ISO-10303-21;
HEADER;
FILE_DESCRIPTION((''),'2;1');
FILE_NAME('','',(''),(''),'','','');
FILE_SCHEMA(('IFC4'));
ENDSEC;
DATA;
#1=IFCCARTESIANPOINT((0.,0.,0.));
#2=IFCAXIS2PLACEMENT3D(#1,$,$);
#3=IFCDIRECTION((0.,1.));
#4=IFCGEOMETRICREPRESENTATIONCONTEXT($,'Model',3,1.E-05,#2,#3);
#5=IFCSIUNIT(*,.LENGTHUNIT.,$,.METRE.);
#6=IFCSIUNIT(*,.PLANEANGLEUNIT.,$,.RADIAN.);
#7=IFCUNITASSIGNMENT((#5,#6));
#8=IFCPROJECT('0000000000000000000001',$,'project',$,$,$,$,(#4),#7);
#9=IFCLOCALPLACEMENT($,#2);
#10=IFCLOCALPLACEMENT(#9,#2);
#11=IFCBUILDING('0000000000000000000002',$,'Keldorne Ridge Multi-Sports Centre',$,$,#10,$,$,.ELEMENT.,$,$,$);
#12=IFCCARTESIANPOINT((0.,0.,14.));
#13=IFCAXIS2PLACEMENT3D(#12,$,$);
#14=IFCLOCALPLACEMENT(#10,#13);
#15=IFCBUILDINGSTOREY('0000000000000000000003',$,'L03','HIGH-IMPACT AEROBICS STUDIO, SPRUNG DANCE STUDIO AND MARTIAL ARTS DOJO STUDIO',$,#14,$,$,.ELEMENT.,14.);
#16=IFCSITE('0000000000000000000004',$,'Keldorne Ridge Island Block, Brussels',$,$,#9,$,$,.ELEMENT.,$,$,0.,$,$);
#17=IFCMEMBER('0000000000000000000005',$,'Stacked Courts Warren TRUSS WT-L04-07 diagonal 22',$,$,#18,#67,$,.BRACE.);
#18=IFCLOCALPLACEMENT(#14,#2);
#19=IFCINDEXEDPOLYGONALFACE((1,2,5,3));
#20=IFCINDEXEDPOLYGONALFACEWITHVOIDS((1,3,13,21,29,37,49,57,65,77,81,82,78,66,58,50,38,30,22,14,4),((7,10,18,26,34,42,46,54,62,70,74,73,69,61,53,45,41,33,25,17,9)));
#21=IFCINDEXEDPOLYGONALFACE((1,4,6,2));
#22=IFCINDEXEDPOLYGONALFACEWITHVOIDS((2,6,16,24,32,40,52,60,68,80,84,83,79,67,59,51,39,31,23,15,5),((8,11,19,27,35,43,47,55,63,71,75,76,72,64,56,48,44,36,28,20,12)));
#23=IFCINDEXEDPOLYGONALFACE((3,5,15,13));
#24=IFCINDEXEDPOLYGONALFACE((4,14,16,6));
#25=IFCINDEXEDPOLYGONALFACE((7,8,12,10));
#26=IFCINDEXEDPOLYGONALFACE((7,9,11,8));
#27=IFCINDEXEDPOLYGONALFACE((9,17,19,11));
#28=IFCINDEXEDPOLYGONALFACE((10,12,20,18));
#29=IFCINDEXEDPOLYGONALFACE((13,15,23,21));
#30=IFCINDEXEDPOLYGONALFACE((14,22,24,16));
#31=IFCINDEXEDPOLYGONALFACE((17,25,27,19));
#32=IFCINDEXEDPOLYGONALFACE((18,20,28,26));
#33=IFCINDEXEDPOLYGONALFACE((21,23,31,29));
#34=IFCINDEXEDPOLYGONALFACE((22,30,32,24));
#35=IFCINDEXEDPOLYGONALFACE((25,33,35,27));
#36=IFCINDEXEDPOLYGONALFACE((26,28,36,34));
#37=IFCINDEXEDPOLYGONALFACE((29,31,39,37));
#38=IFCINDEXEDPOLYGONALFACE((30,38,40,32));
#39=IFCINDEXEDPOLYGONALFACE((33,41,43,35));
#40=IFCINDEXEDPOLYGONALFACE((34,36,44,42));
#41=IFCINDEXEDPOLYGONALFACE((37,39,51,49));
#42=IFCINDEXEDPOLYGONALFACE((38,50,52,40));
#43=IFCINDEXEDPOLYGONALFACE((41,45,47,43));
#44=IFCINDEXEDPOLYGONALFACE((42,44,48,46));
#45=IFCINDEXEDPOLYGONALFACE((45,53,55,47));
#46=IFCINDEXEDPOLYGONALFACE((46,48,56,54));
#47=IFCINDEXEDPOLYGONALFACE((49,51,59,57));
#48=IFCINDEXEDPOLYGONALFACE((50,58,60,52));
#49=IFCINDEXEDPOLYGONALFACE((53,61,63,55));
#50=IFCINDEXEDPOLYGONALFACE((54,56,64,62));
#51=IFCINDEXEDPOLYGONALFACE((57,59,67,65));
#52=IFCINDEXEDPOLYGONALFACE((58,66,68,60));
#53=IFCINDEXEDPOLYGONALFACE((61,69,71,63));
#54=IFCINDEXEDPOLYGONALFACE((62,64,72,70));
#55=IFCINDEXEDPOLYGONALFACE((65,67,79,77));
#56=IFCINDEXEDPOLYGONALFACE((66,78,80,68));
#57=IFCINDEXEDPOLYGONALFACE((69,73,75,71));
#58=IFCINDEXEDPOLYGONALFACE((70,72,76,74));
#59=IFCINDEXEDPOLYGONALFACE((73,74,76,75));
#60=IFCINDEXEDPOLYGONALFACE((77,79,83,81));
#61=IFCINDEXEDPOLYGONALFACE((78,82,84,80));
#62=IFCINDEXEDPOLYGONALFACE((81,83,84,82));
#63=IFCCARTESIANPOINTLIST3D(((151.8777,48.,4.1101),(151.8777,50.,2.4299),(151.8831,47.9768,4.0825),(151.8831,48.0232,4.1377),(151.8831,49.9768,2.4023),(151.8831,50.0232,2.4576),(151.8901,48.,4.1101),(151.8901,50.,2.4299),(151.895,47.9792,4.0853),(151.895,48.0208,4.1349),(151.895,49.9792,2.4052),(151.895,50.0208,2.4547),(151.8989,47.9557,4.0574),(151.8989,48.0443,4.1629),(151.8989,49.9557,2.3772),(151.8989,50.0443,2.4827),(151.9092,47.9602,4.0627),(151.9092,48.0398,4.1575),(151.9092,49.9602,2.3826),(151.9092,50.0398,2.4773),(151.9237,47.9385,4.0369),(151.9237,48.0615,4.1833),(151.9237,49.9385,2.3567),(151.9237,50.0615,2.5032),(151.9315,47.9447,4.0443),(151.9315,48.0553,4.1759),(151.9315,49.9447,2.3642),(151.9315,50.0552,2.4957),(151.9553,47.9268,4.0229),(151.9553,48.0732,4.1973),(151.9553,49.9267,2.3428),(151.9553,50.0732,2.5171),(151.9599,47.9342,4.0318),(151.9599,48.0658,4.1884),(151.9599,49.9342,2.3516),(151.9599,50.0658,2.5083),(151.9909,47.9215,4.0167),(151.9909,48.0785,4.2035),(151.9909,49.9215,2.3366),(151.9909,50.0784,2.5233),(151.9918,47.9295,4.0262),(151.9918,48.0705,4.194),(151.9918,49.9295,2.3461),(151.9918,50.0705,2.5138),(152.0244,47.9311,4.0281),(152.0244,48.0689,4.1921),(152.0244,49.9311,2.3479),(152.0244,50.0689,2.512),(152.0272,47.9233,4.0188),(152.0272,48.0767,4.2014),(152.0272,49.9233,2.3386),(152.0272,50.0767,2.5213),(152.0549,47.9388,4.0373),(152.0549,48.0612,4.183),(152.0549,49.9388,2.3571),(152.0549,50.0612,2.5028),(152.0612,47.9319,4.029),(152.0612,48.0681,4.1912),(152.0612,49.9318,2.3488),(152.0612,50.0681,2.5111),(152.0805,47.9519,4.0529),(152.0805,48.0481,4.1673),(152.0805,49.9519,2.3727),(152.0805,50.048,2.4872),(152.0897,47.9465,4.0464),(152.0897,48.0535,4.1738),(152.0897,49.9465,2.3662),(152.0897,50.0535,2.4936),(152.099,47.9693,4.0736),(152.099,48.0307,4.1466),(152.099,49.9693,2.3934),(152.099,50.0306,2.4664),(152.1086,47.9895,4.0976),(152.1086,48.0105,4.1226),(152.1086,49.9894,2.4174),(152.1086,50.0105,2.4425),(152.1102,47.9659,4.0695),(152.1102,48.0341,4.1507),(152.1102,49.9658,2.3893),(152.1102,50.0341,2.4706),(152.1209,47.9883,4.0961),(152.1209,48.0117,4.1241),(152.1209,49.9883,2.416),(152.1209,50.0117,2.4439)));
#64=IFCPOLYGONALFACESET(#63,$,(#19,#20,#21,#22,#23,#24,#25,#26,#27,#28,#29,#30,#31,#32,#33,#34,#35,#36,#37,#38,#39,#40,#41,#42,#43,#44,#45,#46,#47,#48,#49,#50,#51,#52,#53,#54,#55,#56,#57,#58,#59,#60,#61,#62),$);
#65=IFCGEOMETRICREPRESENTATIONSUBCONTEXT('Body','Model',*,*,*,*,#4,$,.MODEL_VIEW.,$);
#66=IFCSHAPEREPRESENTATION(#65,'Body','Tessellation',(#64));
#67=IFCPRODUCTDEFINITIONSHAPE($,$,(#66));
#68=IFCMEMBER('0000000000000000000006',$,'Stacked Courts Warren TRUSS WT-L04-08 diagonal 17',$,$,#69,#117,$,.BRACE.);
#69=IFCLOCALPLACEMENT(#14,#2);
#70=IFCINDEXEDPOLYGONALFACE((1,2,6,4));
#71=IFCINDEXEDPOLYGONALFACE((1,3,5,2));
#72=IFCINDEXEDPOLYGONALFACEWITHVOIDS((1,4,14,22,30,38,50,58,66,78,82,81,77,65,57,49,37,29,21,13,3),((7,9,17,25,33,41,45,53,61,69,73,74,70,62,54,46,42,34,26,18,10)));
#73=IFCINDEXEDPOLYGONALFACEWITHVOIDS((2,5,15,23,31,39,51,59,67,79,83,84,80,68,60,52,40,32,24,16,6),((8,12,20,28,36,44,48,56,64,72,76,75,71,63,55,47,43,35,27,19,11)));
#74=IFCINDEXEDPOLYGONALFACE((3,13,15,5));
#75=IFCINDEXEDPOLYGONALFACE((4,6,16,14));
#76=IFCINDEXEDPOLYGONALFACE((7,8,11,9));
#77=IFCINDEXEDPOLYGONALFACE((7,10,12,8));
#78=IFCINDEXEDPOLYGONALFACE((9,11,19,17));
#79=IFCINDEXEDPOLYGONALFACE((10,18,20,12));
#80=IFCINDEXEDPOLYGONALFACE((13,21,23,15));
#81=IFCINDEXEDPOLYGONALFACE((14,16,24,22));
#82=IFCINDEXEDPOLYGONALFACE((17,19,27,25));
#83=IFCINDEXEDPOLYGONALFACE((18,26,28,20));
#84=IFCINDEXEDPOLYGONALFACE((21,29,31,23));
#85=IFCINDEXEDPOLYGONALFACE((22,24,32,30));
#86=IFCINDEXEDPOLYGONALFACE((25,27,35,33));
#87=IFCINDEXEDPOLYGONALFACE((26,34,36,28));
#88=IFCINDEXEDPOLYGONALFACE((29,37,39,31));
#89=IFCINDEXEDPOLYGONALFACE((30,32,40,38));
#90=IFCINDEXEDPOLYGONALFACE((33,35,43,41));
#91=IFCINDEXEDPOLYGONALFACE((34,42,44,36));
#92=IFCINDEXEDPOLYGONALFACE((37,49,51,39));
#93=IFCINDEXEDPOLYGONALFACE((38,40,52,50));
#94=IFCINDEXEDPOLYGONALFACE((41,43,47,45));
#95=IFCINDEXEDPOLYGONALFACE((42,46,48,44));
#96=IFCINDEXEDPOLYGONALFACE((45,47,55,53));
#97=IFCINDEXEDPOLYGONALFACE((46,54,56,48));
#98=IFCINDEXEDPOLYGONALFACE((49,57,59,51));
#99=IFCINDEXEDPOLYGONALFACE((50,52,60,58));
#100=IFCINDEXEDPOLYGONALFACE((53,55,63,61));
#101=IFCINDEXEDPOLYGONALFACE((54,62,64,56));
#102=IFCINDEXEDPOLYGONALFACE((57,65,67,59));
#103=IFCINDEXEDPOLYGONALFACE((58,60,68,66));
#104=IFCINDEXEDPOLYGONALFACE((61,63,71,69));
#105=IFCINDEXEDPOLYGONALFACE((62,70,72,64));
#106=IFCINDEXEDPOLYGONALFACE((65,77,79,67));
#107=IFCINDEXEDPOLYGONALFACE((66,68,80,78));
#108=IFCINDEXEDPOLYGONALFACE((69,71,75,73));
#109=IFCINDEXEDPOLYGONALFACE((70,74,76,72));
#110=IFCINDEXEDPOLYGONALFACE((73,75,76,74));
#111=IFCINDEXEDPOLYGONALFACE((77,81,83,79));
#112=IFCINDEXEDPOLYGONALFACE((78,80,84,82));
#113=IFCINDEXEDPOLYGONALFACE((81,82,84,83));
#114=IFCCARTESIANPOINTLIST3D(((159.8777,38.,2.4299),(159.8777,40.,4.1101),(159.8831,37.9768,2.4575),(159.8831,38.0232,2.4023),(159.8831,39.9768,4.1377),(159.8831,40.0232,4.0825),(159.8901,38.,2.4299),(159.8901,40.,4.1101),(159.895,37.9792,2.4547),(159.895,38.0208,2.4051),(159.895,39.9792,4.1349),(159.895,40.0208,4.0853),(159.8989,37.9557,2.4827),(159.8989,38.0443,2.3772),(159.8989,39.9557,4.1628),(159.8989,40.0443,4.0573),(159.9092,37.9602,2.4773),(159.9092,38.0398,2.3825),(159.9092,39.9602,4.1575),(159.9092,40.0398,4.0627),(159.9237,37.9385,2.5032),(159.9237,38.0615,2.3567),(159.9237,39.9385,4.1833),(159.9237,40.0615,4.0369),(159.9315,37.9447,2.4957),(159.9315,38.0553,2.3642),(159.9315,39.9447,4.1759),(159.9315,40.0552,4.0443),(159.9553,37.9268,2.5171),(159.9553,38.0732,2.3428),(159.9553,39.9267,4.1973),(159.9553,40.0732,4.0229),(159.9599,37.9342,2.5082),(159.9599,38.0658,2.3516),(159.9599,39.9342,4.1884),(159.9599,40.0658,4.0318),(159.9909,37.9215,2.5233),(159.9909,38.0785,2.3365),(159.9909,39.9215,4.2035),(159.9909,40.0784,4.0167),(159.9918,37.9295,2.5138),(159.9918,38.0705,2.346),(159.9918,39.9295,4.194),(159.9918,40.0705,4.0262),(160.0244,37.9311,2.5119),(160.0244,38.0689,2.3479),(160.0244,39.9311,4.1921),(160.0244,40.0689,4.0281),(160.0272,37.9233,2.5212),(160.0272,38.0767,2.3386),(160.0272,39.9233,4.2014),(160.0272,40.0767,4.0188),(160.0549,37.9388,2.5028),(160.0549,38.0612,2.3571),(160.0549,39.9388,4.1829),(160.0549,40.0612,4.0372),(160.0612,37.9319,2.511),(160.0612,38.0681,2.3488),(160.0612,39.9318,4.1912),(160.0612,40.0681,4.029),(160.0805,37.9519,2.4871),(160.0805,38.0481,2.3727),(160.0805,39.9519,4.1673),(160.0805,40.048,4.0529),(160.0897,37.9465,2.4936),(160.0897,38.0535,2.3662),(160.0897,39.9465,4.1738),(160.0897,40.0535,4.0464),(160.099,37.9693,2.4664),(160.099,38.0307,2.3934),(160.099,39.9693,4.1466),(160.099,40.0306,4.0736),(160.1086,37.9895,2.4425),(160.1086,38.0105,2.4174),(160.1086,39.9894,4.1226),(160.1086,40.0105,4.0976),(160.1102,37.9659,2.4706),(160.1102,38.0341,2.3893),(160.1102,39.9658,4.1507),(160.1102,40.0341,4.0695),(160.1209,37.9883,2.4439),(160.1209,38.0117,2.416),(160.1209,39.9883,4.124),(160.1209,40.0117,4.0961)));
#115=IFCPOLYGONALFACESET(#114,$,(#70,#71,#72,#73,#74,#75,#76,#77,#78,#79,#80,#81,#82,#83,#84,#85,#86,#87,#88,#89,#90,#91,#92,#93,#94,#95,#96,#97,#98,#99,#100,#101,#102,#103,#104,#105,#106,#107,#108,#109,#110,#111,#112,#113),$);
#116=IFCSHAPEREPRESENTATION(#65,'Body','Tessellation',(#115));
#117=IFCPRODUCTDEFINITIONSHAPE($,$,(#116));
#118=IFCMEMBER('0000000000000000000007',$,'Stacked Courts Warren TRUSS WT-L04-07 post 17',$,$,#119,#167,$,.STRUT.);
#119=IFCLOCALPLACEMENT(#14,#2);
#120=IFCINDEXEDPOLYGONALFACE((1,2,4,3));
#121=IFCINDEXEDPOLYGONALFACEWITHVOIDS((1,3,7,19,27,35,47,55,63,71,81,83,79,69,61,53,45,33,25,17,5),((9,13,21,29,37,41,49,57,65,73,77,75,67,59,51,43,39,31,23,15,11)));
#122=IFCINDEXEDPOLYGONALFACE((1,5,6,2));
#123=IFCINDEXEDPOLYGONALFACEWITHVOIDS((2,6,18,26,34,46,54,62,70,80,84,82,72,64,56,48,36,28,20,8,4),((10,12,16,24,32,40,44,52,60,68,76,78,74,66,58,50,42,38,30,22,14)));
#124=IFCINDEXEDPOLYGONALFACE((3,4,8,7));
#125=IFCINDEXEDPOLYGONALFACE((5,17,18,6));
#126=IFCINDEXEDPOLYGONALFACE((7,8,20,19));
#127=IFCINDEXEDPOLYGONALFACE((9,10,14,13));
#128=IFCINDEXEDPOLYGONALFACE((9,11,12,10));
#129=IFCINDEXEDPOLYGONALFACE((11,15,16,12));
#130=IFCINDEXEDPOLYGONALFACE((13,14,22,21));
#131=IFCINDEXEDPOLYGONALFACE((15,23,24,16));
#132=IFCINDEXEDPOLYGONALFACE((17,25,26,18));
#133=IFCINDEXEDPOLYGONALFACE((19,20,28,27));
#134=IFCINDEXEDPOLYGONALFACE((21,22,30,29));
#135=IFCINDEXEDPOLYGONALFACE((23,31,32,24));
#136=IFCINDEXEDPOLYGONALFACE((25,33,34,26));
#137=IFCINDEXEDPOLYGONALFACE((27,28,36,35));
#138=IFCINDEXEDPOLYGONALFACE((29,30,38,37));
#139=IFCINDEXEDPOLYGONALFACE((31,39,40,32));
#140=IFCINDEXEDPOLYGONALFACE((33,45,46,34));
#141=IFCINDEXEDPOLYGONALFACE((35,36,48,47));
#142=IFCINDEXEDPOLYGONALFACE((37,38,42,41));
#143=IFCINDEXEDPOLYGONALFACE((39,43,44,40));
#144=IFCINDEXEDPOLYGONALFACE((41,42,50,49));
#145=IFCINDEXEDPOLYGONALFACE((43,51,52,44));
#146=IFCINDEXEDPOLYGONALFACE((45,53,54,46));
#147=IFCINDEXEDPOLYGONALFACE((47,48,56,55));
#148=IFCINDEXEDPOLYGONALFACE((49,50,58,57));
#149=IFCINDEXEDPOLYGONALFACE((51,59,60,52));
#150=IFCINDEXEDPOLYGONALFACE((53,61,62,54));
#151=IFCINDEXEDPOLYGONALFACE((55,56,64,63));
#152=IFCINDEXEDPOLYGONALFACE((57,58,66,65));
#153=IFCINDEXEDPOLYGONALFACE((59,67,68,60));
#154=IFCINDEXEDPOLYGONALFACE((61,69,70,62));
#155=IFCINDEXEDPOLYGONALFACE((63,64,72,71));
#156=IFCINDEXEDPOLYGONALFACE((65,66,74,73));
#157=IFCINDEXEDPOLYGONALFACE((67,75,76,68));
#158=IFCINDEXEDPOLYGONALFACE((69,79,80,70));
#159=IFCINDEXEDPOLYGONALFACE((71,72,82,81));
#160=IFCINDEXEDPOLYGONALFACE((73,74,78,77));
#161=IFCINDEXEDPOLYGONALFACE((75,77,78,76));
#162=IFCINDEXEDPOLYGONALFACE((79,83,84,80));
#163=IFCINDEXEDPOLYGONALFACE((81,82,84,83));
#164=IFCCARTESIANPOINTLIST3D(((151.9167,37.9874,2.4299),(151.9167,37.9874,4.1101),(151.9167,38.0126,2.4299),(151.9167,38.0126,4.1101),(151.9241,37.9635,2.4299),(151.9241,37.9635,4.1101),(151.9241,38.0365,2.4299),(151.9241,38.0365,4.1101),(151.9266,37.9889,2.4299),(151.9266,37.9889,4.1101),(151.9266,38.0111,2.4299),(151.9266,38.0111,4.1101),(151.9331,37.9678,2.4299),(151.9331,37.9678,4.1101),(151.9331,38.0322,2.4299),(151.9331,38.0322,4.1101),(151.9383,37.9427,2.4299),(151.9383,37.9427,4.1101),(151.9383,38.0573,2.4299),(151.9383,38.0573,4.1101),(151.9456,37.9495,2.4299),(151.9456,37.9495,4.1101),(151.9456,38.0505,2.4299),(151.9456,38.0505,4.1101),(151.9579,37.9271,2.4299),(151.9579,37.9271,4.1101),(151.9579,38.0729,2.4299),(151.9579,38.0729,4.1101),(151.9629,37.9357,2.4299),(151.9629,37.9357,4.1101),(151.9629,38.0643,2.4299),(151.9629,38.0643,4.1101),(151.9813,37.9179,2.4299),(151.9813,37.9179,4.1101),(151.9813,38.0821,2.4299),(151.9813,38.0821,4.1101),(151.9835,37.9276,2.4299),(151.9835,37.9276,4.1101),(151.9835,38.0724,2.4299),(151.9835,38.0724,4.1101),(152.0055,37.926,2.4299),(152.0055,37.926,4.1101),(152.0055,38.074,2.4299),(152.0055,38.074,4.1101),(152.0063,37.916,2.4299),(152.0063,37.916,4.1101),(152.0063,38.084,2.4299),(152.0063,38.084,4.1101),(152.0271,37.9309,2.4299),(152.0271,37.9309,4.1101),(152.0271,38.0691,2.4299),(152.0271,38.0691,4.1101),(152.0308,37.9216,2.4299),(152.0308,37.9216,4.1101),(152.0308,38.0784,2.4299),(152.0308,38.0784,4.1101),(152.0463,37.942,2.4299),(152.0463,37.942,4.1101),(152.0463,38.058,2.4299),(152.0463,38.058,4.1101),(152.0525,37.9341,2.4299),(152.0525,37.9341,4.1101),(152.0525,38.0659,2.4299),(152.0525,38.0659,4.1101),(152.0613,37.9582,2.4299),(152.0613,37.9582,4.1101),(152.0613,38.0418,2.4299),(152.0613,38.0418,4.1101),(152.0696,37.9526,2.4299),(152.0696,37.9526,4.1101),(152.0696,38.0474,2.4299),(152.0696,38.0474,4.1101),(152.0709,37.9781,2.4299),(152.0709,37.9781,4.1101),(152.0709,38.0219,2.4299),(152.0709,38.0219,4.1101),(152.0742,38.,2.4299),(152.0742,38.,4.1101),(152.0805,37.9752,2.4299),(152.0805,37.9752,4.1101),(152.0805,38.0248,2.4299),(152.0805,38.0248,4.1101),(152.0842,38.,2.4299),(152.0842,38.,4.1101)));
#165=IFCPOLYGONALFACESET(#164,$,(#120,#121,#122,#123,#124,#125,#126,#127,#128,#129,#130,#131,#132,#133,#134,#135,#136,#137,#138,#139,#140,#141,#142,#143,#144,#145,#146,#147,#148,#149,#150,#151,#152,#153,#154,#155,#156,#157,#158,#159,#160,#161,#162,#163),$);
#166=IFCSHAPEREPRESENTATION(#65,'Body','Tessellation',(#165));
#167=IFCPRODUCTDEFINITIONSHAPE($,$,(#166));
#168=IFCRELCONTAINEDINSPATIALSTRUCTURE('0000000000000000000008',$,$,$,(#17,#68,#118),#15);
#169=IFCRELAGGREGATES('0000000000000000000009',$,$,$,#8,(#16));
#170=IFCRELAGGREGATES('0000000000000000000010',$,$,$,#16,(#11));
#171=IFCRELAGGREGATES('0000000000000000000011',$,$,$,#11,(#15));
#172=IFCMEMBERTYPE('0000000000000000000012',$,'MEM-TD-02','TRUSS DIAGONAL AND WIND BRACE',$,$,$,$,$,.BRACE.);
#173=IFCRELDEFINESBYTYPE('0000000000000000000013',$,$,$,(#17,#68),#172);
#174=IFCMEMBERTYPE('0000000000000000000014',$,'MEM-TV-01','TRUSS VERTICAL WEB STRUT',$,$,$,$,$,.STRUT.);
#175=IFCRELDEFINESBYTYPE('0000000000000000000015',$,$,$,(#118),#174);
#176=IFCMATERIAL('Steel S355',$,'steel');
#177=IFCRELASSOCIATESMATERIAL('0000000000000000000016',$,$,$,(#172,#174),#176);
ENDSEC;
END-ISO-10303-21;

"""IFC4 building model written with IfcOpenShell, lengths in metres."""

from ifc_helpers import new_model, si_unit, direction, frame, origin, origin_2d, place, context, subcontext, project, spatial, hollow_circle, extrude, material, material_profile, profile_set, type_object, element, save


model = new_model("IFC4")

# Units and contexts
model_context = context("Model", 3, precision=1e-05, world=origin(), true_north=direction((0.0, 1.0)))
body_context = subcontext(model_context, "Body", "Model", "MODEL_VIEW")
ifc_project = project(units=[si_unit("LENGTHUNIT", "METRE"), si_unit("PLANEANGLEUNIT", "RADIAN")], contexts=[model_context])

# Site, building, storey
site_placement = place(None, origin())
site = spatial("IfcSite", under=ifc_project, at=site_placement, Name="Keldorne Ridge Island Block, Brussels", CompositionType="ELEMENT", RefElevation=0.0)
building_placement = place(site_placement, origin())
building = spatial("IfcBuilding", under=site, at=building_placement, Name="Keldorne Ridge Multi-Sports Centre", CompositionType="ELEMENT")
storey_placement = place(building_placement, frame((0.0, 0.0, 14.0)))
storey = spatial("IfcBuildingStorey", under=building, at=storey_placement, Name="L03", Description="HIGH-IMPACT AEROBICS STUDIO, SPRUNG DANCE STUDIO AND MARTIAL ARTS DOJO STUDIO", CompositionType="ELEMENT", Elevation=14.0)

# Members
ifc_material = material(Name="Steel S355", Category="steel")
ifc_material_profile_1 = material_profile(ifc_material, hollow_circle(Radius=0.1223, WallThickness=0.0125, at=origin_2d()), Name="CHS 244.5x12.5")
ifc_profile_set_1 = profile_set([ifc_material_profile_1], Name="Steel S355")
member_type_1 = type_object("IfcMemberType", Name="MEM-TD-02", Description="TRUSS DIAGONAL AND WIND BRACE", PredefinedType="BRACE", material=ifc_profile_set_1)
for number, where, z_axis, x_axis, name in (
    (1, (152.0, 48.0, 4.1101), (0.0, 0.765672, -0.643232), (-1.0, 0.0, 0.0), "Stacked Courts Warren TRUSS WT-L04-07 diagonal 22"),
    (2, (160.0, 38.0, 2.4299), (0.0, 0.765672, 0.643232), (-1.0, 0.0, 0.0), "Stacked Courts Warren TRUSS WT-L04-08 diagonal 17"),
):
    element("IfcMember", number, at=place(storey_placement, frame(where, z_axis=z_axis, x_axis=x_axis)), inside=storey, type_object=member_type_1, Name=name, PredefinedType="BRACE", context=body_context, shape_type="SweptSolid", body=[
        extrude(hollow_circle(Radius=0.1223, WallThickness=0.0125, at=origin_2d()), origin(), (0.0, 0.0, 1.0), 2.6121),
    ])
ifc_material_profile_2 = material_profile(ifc_material, hollow_circle(Radius=0.0842, WallThickness=0.01, at=origin_2d()), Name="CHS 168.3x10")
ifc_profile_set_2 = profile_set([ifc_material_profile_2], Name="Steel S355")
member_type_2 = type_object("IfcMemberType", Name="MEM-TV-01", Description="TRUSS VERTICAL WEB STRUT", PredefinedType="STRUT", material=ifc_profile_set_2)
for number, where, z_axis, x_axis, name in (
    (3, (152.0, 38.0, 2.4299), (0.0, 0.0, 1.0), (1.0, 0.0, 0.0), "Stacked Courts Warren TRUSS WT-L04-07 post 17"),
):
    element("IfcMember", number, at=place(storey_placement, frame(where, z_axis=z_axis, x_axis=x_axis)), inside=storey, type_object=member_type_2, Name=name, PredefinedType="STRUT", context=body_context, shape_type="SweptSolid", body=[
        extrude(hollow_circle(Radius=0.0842, WallThickness=0.01, at=origin_2d()), origin(), (0.0, 0.0, 1.0), 1.6802),
    ])

save(model, "model.ifc")
